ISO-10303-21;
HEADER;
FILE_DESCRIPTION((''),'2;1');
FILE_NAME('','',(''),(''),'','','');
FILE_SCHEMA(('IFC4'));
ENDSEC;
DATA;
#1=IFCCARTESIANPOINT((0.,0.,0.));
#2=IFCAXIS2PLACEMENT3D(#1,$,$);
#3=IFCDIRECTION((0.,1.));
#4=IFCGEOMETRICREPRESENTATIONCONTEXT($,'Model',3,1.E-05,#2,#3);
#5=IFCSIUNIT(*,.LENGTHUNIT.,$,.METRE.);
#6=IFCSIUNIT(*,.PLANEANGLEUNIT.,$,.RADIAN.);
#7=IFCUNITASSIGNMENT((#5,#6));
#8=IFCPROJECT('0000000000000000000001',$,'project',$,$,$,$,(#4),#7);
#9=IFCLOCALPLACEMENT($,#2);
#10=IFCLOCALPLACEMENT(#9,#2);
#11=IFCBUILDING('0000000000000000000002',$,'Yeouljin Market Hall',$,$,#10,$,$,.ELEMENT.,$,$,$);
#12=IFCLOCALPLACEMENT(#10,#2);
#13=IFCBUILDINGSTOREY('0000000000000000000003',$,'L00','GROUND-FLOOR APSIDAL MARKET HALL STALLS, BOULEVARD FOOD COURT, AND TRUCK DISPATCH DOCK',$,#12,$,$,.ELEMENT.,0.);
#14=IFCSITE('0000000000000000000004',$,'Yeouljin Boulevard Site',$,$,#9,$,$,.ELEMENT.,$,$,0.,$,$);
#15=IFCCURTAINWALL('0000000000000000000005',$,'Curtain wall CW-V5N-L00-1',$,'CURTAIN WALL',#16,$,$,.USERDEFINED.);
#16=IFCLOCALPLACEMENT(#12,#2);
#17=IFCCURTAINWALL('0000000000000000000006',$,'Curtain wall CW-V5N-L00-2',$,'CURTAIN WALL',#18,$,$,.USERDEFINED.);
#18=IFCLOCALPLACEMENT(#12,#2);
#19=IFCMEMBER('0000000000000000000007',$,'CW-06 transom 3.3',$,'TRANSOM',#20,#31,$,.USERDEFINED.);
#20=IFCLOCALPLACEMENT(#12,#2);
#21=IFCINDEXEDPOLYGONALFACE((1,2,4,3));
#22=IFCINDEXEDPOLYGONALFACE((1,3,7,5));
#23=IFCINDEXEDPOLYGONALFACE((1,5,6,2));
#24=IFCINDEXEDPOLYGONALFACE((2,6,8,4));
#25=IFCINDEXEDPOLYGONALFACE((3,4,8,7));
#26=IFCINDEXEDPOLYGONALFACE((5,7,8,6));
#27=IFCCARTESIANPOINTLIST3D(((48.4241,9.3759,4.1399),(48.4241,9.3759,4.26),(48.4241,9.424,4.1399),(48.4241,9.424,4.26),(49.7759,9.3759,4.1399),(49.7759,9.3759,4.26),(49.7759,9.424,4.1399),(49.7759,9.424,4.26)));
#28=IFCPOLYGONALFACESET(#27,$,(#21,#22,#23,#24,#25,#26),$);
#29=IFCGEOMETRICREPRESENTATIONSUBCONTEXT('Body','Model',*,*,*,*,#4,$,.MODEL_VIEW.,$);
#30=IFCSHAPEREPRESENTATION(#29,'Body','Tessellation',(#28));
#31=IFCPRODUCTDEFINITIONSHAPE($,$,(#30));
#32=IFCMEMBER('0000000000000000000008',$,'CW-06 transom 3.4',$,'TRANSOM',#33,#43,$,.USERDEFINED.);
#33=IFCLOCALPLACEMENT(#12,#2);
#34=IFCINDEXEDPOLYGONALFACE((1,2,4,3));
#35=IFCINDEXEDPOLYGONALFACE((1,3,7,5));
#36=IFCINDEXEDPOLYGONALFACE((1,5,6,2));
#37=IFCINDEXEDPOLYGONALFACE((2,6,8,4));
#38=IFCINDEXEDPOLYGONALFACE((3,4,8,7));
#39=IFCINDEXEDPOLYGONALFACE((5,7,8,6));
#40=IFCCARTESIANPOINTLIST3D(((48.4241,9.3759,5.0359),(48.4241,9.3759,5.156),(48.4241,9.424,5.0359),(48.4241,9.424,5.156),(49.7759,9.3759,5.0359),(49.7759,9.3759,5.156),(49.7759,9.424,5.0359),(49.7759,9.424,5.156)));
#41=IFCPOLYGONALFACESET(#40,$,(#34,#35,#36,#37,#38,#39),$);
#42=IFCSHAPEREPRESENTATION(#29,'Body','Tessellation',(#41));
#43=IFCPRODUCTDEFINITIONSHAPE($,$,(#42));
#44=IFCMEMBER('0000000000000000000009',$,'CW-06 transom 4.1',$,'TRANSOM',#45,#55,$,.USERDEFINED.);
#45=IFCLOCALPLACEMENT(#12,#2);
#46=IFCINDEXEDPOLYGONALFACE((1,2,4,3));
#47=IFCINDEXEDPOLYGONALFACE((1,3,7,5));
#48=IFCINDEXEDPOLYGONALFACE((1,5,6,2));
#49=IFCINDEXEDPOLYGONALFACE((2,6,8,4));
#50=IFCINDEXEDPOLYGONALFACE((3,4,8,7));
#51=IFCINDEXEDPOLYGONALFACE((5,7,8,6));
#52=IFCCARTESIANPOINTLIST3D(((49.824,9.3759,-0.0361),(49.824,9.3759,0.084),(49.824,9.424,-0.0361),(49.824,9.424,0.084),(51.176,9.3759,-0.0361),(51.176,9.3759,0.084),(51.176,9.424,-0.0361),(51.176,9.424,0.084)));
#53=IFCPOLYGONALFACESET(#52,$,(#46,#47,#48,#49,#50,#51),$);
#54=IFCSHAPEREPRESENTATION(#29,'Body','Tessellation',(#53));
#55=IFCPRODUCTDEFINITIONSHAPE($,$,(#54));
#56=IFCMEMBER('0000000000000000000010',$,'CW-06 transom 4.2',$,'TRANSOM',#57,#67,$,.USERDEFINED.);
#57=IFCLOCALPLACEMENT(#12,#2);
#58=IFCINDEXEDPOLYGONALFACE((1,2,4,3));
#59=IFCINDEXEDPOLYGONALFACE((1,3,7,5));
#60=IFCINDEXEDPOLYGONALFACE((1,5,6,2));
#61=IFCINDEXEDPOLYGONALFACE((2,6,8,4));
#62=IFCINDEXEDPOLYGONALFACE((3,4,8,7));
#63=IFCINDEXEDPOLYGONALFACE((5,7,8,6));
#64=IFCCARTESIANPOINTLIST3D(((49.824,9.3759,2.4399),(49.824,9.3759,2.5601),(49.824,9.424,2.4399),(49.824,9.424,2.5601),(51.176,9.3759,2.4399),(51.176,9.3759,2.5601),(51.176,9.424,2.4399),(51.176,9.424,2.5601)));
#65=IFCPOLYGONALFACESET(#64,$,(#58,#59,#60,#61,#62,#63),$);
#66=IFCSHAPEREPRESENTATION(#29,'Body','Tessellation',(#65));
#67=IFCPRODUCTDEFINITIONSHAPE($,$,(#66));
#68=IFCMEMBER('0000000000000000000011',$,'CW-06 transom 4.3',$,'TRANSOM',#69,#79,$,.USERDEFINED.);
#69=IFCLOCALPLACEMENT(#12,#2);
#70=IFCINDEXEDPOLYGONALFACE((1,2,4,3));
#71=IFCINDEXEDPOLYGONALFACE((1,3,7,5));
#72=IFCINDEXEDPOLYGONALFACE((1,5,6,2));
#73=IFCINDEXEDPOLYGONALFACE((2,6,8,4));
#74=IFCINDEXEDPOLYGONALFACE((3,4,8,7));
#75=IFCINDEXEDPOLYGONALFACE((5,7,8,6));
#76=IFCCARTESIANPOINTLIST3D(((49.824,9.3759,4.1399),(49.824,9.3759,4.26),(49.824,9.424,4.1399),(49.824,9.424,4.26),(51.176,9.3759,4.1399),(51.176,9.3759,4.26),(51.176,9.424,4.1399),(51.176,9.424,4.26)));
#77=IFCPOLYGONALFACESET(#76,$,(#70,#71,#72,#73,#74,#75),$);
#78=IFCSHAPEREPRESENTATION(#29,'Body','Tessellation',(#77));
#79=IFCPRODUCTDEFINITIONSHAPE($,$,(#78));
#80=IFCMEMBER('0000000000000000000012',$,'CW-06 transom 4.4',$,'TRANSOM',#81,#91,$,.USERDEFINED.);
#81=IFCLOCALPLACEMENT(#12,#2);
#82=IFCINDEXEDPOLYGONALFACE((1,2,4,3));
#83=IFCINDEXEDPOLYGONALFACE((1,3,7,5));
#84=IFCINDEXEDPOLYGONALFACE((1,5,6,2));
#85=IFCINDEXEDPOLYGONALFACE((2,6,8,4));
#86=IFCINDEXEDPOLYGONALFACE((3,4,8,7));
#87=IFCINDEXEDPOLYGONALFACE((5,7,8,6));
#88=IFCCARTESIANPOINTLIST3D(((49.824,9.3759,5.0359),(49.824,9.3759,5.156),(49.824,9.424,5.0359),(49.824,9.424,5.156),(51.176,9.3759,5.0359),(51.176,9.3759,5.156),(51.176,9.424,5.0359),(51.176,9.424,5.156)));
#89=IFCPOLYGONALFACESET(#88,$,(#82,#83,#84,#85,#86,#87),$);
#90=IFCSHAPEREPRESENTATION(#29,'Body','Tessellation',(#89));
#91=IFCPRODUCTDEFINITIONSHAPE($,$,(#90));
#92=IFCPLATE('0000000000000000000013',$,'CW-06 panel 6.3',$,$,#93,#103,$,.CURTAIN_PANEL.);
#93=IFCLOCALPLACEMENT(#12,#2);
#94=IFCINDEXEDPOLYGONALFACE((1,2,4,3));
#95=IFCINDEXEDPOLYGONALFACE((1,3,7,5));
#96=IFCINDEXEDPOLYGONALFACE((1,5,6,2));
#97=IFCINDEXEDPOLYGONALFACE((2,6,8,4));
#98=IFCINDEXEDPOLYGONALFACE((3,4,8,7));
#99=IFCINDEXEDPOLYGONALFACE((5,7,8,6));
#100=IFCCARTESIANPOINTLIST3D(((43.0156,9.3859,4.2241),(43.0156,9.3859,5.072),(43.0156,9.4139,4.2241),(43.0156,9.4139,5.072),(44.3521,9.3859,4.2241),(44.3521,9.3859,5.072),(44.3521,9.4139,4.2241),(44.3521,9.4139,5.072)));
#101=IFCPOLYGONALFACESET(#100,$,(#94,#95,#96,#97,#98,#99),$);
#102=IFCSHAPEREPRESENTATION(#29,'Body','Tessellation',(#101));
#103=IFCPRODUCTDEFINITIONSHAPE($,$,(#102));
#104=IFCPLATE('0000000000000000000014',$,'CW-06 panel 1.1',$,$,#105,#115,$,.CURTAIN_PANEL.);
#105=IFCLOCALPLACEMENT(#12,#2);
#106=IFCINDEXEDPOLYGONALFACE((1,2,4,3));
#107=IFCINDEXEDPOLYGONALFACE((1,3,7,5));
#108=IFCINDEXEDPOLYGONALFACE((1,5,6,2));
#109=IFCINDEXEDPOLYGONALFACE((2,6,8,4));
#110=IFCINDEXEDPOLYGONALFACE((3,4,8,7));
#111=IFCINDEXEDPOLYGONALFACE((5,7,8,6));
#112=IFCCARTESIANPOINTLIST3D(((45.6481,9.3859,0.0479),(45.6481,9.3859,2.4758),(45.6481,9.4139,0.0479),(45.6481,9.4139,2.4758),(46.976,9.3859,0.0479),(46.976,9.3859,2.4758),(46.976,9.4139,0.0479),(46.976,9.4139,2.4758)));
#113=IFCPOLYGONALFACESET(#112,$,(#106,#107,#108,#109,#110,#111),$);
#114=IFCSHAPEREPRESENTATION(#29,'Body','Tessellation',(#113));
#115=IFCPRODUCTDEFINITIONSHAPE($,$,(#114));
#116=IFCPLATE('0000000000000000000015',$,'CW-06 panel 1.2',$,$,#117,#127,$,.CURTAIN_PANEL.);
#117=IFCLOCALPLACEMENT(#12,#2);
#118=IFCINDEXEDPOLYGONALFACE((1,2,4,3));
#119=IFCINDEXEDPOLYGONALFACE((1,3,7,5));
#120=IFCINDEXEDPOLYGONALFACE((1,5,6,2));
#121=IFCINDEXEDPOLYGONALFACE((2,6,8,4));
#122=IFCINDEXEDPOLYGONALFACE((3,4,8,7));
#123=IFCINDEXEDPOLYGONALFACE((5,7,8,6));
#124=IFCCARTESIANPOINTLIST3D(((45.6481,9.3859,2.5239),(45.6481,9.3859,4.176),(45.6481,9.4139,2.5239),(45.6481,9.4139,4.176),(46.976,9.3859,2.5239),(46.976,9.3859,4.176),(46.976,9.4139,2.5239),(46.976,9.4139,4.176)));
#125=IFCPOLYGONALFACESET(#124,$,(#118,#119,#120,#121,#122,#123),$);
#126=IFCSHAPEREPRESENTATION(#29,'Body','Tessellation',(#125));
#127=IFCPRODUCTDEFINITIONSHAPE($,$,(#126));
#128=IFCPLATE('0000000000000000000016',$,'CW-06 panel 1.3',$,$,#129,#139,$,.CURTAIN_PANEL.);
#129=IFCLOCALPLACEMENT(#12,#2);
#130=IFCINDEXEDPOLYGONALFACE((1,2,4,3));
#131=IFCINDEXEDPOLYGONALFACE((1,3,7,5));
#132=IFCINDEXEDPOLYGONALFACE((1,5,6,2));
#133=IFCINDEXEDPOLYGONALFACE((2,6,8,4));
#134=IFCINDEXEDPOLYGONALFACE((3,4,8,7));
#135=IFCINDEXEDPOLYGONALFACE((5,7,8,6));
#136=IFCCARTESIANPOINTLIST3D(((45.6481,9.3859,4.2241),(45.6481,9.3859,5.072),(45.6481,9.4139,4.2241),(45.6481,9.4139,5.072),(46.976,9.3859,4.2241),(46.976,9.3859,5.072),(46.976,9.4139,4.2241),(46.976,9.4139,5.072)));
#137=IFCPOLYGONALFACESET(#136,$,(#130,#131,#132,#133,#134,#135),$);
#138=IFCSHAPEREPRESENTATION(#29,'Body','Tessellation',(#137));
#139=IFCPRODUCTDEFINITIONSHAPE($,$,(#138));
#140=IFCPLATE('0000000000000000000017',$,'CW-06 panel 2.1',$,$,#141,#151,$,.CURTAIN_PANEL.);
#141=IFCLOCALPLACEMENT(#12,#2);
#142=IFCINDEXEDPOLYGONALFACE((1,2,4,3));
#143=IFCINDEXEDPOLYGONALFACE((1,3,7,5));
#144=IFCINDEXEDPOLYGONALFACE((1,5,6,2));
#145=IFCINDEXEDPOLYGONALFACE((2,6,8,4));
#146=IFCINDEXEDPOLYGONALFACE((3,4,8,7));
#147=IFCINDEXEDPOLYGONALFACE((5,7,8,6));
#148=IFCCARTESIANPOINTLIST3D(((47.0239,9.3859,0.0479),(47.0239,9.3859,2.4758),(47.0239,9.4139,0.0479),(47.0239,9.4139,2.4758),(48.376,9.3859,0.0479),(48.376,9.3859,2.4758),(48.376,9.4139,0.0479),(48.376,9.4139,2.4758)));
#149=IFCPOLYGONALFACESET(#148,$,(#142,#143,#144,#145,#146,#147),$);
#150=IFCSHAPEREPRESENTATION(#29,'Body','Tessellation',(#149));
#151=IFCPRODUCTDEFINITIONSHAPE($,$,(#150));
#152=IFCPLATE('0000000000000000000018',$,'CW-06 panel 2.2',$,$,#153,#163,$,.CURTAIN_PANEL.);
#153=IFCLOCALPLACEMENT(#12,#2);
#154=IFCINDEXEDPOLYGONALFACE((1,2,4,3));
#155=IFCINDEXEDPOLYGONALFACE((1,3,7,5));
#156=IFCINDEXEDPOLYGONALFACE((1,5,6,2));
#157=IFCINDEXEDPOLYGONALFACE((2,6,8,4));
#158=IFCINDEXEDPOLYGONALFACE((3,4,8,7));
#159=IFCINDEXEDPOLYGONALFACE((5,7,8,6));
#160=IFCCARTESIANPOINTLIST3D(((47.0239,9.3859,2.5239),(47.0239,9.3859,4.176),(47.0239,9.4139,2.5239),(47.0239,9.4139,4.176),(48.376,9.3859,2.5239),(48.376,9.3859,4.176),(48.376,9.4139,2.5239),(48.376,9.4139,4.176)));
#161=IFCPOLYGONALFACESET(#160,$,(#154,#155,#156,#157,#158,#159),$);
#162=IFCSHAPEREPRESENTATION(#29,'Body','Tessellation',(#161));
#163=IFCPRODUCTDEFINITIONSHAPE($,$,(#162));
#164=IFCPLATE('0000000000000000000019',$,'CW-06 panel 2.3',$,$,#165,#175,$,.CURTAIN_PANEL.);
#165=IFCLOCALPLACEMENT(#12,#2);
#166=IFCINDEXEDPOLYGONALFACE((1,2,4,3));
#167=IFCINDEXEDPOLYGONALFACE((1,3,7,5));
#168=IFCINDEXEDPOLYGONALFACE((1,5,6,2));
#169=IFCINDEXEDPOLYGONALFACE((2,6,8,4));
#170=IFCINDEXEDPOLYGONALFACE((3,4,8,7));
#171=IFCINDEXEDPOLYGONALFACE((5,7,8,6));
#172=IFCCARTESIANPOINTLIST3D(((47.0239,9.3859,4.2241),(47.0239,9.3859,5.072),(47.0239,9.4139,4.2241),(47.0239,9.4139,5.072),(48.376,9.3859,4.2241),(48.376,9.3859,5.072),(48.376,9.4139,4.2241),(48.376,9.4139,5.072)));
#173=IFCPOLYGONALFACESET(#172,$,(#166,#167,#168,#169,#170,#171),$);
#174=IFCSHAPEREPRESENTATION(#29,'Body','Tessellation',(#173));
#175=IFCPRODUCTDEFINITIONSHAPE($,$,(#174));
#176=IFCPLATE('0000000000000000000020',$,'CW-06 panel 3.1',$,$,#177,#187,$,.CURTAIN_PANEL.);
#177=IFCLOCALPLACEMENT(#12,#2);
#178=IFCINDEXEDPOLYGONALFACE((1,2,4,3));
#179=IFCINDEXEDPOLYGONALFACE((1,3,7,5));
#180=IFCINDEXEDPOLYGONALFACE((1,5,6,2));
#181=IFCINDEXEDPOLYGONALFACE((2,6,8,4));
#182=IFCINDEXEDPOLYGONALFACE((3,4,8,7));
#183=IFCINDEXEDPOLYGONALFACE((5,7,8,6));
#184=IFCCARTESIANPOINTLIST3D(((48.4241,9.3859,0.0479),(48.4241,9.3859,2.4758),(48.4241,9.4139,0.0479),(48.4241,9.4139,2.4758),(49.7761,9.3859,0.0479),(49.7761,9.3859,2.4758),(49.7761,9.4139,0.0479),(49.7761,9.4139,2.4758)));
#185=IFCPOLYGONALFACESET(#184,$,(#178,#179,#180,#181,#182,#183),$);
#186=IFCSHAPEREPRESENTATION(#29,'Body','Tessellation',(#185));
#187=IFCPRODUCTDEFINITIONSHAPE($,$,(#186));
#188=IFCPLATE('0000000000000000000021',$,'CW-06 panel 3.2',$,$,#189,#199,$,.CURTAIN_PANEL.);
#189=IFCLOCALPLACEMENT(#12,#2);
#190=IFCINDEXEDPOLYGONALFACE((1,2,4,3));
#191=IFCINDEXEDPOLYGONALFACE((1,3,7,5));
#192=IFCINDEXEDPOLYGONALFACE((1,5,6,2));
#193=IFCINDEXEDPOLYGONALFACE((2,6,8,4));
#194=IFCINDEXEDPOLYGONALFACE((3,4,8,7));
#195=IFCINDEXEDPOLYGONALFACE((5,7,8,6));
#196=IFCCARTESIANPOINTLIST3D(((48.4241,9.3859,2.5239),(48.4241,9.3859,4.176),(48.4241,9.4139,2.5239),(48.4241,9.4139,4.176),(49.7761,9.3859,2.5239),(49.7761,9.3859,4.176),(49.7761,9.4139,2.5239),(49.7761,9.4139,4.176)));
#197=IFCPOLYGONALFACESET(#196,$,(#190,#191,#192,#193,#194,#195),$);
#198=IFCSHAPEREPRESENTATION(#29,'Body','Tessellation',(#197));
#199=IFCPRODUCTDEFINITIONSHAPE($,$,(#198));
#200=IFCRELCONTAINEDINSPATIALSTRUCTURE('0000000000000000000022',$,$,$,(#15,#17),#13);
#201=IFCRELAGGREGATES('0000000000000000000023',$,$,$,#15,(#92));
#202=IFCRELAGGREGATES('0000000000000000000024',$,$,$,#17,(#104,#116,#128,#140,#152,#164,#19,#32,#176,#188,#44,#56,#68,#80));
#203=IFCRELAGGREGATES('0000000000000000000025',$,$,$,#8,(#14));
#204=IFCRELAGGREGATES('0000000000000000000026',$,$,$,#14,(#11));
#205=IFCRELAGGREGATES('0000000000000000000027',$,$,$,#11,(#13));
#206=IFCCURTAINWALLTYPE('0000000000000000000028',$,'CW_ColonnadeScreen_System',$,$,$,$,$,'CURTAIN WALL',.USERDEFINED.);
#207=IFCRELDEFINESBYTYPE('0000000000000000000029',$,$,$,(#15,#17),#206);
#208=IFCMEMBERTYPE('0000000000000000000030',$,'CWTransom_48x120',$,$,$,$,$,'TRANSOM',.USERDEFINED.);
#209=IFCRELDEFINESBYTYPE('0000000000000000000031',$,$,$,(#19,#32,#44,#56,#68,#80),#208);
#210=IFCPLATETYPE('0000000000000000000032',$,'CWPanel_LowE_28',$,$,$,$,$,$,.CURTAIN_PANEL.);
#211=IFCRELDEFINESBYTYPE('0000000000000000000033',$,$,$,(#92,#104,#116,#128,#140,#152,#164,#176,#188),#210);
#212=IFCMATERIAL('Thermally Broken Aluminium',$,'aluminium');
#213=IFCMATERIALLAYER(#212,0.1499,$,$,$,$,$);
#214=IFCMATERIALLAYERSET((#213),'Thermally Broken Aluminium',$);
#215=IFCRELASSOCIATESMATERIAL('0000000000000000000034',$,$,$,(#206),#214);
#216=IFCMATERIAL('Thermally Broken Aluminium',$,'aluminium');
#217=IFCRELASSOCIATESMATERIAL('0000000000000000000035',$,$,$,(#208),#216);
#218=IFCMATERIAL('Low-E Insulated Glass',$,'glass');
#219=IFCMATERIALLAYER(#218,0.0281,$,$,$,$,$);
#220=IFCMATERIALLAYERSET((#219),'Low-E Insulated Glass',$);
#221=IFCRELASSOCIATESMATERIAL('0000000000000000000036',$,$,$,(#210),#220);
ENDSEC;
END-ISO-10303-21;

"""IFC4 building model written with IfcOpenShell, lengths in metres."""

from ifc_helpers import new_model, si_unit, direction, frame, origin, origin_2d, place, context, subcontext, project, spatial, rectangle, extrude, material, layer, layer_set, material_profile, profile_set, type_object, element, aggregate, save


model = new_model("IFC4")

# Units and contexts
model_context = context("Model", 3, precision=1e-05, world=origin(), true_north=direction((0.0, 1.0)))
body_context = subcontext(model_context, "Body", "Model", "MODEL_VIEW")
ifc_project = project(units=[si_unit("LENGTHUNIT", "METRE"), si_unit("PLANEANGLEUNIT", "RADIAN")], contexts=[model_context])

# Site, building, storey
site_placement = place(None, origin())
site = spatial("IfcSite", under=ifc_project, at=site_placement, Name="Yeouljin Boulevard Site", CompositionType="ELEMENT", RefElevation=0.0)
building_placement = place(site_placement, origin())
building = spatial("IfcBuilding", under=site, at=building_placement, Name="Yeouljin Market Hall", CompositionType="ELEMENT")
storey_placement = place(building_placement, origin())
storey = spatial("IfcBuildingStorey", under=building, at=storey_placement, Name="L00", Description="GROUND-FLOOR APSIDAL MARKET HALL STALLS, BOULEVARD FOOD COURT, AND TRUCK DISPATCH DOCK", CompositionType="ELEMENT", Elevation=0.0)

# Curtain wall
ifc_material_1 = material(Name="Thermally Broken Aluminium", Category="aluminium")
ifc_layer_1 = layer(ifc_material_1, 0.1499)
ifc_layer_set_1 = layer_set([ifc_layer_1], Name="Thermally Broken Aluminium")
curtain_wall_type = type_object("IfcCurtainWallType", Name="CW_ColonnadeScreen_System", ElementType="CURTAIN WALL", PredefinedType="USERDEFINED", material=ifc_layer_set_1)
curtain_wall_1_placement = place(storey_placement, origin())
curtain_wall_1 = element("IfcCurtainWall", 1, at=curtain_wall_1_placement, inside=storey, type_object=curtain_wall_type, Name="Curtain wall CW-V5N-L00-1", ObjectType="CURTAIN WALL", PredefinedType="USERDEFINED")

# Curtain wall, members
curtain_wall_2_placement = place(storey_placement, origin())
curtain_wall_2 = element("IfcCurtainWall", 2, at=curtain_wall_2_placement, inside=storey, type_object=curtain_wall_type, Name="Curtain wall CW-V5N-L00-2", ObjectType="CURTAIN WALL", PredefinedType="USERDEFINED")
ifc_material_2 = material(Name="Thermally Broken Aluminium", Category="aluminium")
ifc_material_profile_1 = material_profile(ifc_material_2, rectangle(XDim=0.0481, YDim=0.1201, at=origin_2d()), Name="CW-TRAN-48x120")
ifc_profile_set_1 = profile_set([ifc_material_profile_1], Name="Thermally Broken Aluminium")
member_type_1 = type_object("IfcMemberType", Name="CWTransom_48x120", ElementType="TRANSOM", PredefinedType="USERDEFINED", material=ifc_profile_set_1)
member_1_placement = place(storey_placement, frame((48.4241, 9.3999, 4.2), z_axis=(1.0, 0.0, 0.0), x_axis=(0.0, 1.0, 0.0)))
member_1 = element("IfcMember", 3, at=member_1_placement, type_object=member_type_1, Name="CW-06 transom 3.3", ObjectType="TRANSOM", PredefinedType="USERDEFINED", context=body_context, shape_type="SweptSolid", body=[
    extrude(rectangle(XDim=0.0481, YDim=0.1201, at=origin_2d()), origin(), (0.0, 0.0, 1.0), 1.3518),
])
member_2_placement = place(storey_placement, frame((48.4241, 9.3999, 5.0959), z_axis=(1.0, 0.0, 0.0), x_axis=(0.0, 1.0, 0.0)))
member_2 = element("IfcMember", 4, at=member_2_placement, type_object=member_type_1, Name="CW-06 transom 3.4", ObjectType="TRANSOM", PredefinedType="USERDEFINED", context=body_context, shape_type="SweptSolid", body=[
    extrude(rectangle(XDim=0.0481, YDim=0.1201, at=origin_2d()), origin(), (0.0, 0.0, 1.0), 1.3518),
])
member_3_placement = place(storey_placement, frame((49.824, 9.3999, 0.0239), z_axis=(1.0, 0.0, 0.0), x_axis=(0.0, 1.0, 0.0)))
member_3 = element("IfcMember", 5, at=member_3_placement, type_object=member_type_1, Name="CW-06 transom 4.1", ObjectType="TRANSOM", PredefinedType="USERDEFINED", context=body_context, shape_type="SweptSolid", body=[
    extrude(rectangle(XDim=0.0481, YDim=0.1201, at=origin_2d()), origin(), (0.0, 0.0, 1.0), 1.3521),
])
member_4_placement = place(storey_placement, frame((49.824, 9.3999, 2.5), z_axis=(1.0, 0.0, 0.0), x_axis=(0.0, 1.0, 0.0)))
member_4 = element("IfcMember", 6, at=member_4_placement, type_object=member_type_1, Name="CW-06 transom 4.2", ObjectType="TRANSOM", PredefinedType="USERDEFINED", context=body_context, shape_type="SweptSolid", body=[
    extrude(rectangle(XDim=0.0481, YDim=0.1201, at=origin_2d()), origin(), (0.0, 0.0, 1.0), 1.3521),
])
member_5_placement = place(storey_placement, frame((49.824, 9.3999, 4.2), z_axis=(1.0, 0.0, 0.0), x_axis=(0.0, 1.0, 0.0)))
member_5 = element("IfcMember", 7, at=member_5_placement, type_object=member_type_1, Name="CW-06 transom 4.3", ObjectType="TRANSOM", PredefinedType="USERDEFINED", context=body_context, shape_type="SweptSolid", body=[
    extrude(rectangle(XDim=0.0481, YDim=0.1201, at=origin_2d()), origin(), (0.0, 0.0, 1.0), 1.3521),
])
member_6_placement = place(storey_placement, frame((49.824, 9.3999, 5.0959), z_axis=(1.0, 0.0, 0.0), x_axis=(0.0, 1.0, 0.0)))
member_6 = element("IfcMember", 8, at=member_6_placement, type_object=member_type_1, Name="CW-06 transom 4.4", ObjectType="TRANSOM", PredefinedType="USERDEFINED", context=body_context, shape_type="SweptSolid", body=[
    extrude(rectangle(XDim=0.0481, YDim=0.1201, at=origin_2d()), origin(), (0.0, 0.0, 1.0), 1.3521),
])

# Plates
ifc_material_3 = material(Name="Low-E Insulated Glass", Category="glass")
ifc_layer_2 = layer(ifc_material_3, 0.0281)
ifc_layer_set_2 = layer_set([ifc_layer_2], Name="Low-E Insulated Glass")
plate_type = type_object("IfcPlateType", Name="CWPanel_LowE_28", PredefinedType="CURTAIN_PANEL", material=ifc_layer_set_2)
plate_1_placement = place(storey_placement, frame((43.6838, 9.3999, 4.2241), z_axis=(0.0, 0.0, 1.0), x_axis=(1.0, 0.0, 0.0)))
plate_1 = element("IfcPlate", 9, at=plate_1_placement, type_object=plate_type, Name="CW-06 panel 6.3", PredefinedType="CURTAIN_PANEL", context=body_context, shape_type="SweptSolid", body=[
    extrude(rectangle(XDim=1.3364, YDim=0.0281, at=origin_2d()), origin(), (0.0, 0.0, 1.0), 0.8479),
])
aggregate(curtain_wall_1, [plate_1])
plate_2_placement = place(storey_placement, frame((46.312, 9.3999, 0.0479), z_axis=(0.0, 0.0, 1.0), x_axis=(1.0, 0.0, 0.0)))
plate_2 = element("IfcPlate", 10, at=plate_2_placement, type_object=plate_type, Name="CW-06 panel 1.1", PredefinedType="CURTAIN_PANEL", context=body_context, shape_type="SweptSolid", body=[
    extrude(rectangle(XDim=1.3279, YDim=0.0281, at=origin_2d()), origin(), (0.0, 0.0, 1.0), 2.428),
])
plate_3_placement = place(storey_placement, frame((46.312, 9.3999, 2.5239), z_axis=(0.0, 0.0, 1.0), x_axis=(1.0, 0.0, 0.0)))
plate_3 = element("IfcPlate", 11, at=plate_3_placement, type_object=plate_type, Name="CW-06 panel 1.2", PredefinedType="CURTAIN_PANEL", context=body_context, shape_type="SweptSolid", body=[
    extrude(rectangle(XDim=1.3279, YDim=0.0281, at=origin_2d()), origin(), (0.0, 0.0, 1.0), 1.6521),
])
plate_4_placement = place(storey_placement, frame((46.312, 9.3999, 4.2241), z_axis=(0.0, 0.0, 1.0), x_axis=(1.0, 0.0, 0.0)))
plate_4 = element("IfcPlate", 12, at=plate_4_placement, type_object=plate_type, Name="CW-06 panel 1.3", PredefinedType="CURTAIN_PANEL", context=body_context, shape_type="SweptSolid", body=[
    extrude(rectangle(XDim=1.3279, YDim=0.0281, at=origin_2d()), origin(), (0.0, 0.0, 1.0), 0.8479),
])
plate_5_placement = place(storey_placement, frame((47.7, 9.3999, 0.0479), z_axis=(0.0, 0.0, 1.0), x_axis=(1.0, 0.0, 0.0)))
plate_5 = element("IfcPlate", 13, at=plate_5_placement, type_object=plate_type, Name="CW-06 panel 2.1", PredefinedType="CURTAIN_PANEL", context=body_context, shape_type="SweptSolid", body=[
    extrude(rectangle(XDim=1.3521, YDim=0.0281, at=origin_2d()), origin(), (0.0, 0.0, 1.0), 2.428),
])
plate_6_placement = place(storey_placement, frame((47.7, 9.3999, 2.5239), z_axis=(0.0, 0.0, 1.0), x_axis=(1.0, 0.0, 0.0)))
plate_6 = element("IfcPlate", 14, at=plate_6_placement, type_object=plate_type, Name="CW-06 panel 2.2", PredefinedType="CURTAIN_PANEL", context=body_context, shape_type="SweptSolid", body=[
    extrude(rectangle(XDim=1.3521, YDim=0.0281, at=origin_2d()), origin(), (0.0, 0.0, 1.0), 1.6521),
])
plate_7_placement = place(storey_placement, frame((47.7, 9.3999, 4.2241), z_axis=(0.0, 0.0, 1.0), x_axis=(1.0, 0.0, 0.0)))
plate_7 = element("IfcPlate", 15, at=plate_7_placement, type_object=plate_type, Name="CW-06 panel 2.3", PredefinedType="CURTAIN_PANEL", context=body_context, shape_type="SweptSolid", body=[
    extrude(rectangle(XDim=1.3521, YDim=0.0281, at=origin_2d()), origin(), (0.0, 0.0, 1.0), 0.8479),
])
plate_8_placement = place(storey_placement, frame((49.1001, 9.3999, 0.0479), z_axis=(0.0, 0.0, 1.0), x_axis=(1.0, 0.0, 0.0)))
plate_8 = element("IfcPlate", 16, at=plate_8_placement, type_object=plate_type, Name="CW-06 panel 3.1", PredefinedType="CURTAIN_PANEL", context=body_context, shape_type="SweptSolid", body=[
    extrude(rectangle(XDim=1.3521, YDim=0.0281, at=origin_2d()), origin(), (0.0, 0.0, 1.0), 2.428),
])
plate_9_placement = place(storey_placement, frame((49.1001, 9.3999, 2.5239), z_axis=(0.0, 0.0, 1.0), x_axis=(1.0, 0.0, 0.0)))
plate_9 = element("IfcPlate", 17, at=plate_9_placement, type_object=plate_type, Name="CW-06 panel 3.2", PredefinedType="CURTAIN_PANEL", context=body_context, shape_type="SweptSolid", body=[
    extrude(rectangle(XDim=1.3521, YDim=0.0281, at=origin_2d()), origin(), (0.0, 0.0, 1.0), 1.6521),
])
aggregate(curtain_wall_2, [plate_2, plate_3, plate_4, plate_5, plate_6, plate_7, member_1, member_2, plate_8, plate_9, member_3, member_4, member_5, member_6])

save(model, "model.ifc")
